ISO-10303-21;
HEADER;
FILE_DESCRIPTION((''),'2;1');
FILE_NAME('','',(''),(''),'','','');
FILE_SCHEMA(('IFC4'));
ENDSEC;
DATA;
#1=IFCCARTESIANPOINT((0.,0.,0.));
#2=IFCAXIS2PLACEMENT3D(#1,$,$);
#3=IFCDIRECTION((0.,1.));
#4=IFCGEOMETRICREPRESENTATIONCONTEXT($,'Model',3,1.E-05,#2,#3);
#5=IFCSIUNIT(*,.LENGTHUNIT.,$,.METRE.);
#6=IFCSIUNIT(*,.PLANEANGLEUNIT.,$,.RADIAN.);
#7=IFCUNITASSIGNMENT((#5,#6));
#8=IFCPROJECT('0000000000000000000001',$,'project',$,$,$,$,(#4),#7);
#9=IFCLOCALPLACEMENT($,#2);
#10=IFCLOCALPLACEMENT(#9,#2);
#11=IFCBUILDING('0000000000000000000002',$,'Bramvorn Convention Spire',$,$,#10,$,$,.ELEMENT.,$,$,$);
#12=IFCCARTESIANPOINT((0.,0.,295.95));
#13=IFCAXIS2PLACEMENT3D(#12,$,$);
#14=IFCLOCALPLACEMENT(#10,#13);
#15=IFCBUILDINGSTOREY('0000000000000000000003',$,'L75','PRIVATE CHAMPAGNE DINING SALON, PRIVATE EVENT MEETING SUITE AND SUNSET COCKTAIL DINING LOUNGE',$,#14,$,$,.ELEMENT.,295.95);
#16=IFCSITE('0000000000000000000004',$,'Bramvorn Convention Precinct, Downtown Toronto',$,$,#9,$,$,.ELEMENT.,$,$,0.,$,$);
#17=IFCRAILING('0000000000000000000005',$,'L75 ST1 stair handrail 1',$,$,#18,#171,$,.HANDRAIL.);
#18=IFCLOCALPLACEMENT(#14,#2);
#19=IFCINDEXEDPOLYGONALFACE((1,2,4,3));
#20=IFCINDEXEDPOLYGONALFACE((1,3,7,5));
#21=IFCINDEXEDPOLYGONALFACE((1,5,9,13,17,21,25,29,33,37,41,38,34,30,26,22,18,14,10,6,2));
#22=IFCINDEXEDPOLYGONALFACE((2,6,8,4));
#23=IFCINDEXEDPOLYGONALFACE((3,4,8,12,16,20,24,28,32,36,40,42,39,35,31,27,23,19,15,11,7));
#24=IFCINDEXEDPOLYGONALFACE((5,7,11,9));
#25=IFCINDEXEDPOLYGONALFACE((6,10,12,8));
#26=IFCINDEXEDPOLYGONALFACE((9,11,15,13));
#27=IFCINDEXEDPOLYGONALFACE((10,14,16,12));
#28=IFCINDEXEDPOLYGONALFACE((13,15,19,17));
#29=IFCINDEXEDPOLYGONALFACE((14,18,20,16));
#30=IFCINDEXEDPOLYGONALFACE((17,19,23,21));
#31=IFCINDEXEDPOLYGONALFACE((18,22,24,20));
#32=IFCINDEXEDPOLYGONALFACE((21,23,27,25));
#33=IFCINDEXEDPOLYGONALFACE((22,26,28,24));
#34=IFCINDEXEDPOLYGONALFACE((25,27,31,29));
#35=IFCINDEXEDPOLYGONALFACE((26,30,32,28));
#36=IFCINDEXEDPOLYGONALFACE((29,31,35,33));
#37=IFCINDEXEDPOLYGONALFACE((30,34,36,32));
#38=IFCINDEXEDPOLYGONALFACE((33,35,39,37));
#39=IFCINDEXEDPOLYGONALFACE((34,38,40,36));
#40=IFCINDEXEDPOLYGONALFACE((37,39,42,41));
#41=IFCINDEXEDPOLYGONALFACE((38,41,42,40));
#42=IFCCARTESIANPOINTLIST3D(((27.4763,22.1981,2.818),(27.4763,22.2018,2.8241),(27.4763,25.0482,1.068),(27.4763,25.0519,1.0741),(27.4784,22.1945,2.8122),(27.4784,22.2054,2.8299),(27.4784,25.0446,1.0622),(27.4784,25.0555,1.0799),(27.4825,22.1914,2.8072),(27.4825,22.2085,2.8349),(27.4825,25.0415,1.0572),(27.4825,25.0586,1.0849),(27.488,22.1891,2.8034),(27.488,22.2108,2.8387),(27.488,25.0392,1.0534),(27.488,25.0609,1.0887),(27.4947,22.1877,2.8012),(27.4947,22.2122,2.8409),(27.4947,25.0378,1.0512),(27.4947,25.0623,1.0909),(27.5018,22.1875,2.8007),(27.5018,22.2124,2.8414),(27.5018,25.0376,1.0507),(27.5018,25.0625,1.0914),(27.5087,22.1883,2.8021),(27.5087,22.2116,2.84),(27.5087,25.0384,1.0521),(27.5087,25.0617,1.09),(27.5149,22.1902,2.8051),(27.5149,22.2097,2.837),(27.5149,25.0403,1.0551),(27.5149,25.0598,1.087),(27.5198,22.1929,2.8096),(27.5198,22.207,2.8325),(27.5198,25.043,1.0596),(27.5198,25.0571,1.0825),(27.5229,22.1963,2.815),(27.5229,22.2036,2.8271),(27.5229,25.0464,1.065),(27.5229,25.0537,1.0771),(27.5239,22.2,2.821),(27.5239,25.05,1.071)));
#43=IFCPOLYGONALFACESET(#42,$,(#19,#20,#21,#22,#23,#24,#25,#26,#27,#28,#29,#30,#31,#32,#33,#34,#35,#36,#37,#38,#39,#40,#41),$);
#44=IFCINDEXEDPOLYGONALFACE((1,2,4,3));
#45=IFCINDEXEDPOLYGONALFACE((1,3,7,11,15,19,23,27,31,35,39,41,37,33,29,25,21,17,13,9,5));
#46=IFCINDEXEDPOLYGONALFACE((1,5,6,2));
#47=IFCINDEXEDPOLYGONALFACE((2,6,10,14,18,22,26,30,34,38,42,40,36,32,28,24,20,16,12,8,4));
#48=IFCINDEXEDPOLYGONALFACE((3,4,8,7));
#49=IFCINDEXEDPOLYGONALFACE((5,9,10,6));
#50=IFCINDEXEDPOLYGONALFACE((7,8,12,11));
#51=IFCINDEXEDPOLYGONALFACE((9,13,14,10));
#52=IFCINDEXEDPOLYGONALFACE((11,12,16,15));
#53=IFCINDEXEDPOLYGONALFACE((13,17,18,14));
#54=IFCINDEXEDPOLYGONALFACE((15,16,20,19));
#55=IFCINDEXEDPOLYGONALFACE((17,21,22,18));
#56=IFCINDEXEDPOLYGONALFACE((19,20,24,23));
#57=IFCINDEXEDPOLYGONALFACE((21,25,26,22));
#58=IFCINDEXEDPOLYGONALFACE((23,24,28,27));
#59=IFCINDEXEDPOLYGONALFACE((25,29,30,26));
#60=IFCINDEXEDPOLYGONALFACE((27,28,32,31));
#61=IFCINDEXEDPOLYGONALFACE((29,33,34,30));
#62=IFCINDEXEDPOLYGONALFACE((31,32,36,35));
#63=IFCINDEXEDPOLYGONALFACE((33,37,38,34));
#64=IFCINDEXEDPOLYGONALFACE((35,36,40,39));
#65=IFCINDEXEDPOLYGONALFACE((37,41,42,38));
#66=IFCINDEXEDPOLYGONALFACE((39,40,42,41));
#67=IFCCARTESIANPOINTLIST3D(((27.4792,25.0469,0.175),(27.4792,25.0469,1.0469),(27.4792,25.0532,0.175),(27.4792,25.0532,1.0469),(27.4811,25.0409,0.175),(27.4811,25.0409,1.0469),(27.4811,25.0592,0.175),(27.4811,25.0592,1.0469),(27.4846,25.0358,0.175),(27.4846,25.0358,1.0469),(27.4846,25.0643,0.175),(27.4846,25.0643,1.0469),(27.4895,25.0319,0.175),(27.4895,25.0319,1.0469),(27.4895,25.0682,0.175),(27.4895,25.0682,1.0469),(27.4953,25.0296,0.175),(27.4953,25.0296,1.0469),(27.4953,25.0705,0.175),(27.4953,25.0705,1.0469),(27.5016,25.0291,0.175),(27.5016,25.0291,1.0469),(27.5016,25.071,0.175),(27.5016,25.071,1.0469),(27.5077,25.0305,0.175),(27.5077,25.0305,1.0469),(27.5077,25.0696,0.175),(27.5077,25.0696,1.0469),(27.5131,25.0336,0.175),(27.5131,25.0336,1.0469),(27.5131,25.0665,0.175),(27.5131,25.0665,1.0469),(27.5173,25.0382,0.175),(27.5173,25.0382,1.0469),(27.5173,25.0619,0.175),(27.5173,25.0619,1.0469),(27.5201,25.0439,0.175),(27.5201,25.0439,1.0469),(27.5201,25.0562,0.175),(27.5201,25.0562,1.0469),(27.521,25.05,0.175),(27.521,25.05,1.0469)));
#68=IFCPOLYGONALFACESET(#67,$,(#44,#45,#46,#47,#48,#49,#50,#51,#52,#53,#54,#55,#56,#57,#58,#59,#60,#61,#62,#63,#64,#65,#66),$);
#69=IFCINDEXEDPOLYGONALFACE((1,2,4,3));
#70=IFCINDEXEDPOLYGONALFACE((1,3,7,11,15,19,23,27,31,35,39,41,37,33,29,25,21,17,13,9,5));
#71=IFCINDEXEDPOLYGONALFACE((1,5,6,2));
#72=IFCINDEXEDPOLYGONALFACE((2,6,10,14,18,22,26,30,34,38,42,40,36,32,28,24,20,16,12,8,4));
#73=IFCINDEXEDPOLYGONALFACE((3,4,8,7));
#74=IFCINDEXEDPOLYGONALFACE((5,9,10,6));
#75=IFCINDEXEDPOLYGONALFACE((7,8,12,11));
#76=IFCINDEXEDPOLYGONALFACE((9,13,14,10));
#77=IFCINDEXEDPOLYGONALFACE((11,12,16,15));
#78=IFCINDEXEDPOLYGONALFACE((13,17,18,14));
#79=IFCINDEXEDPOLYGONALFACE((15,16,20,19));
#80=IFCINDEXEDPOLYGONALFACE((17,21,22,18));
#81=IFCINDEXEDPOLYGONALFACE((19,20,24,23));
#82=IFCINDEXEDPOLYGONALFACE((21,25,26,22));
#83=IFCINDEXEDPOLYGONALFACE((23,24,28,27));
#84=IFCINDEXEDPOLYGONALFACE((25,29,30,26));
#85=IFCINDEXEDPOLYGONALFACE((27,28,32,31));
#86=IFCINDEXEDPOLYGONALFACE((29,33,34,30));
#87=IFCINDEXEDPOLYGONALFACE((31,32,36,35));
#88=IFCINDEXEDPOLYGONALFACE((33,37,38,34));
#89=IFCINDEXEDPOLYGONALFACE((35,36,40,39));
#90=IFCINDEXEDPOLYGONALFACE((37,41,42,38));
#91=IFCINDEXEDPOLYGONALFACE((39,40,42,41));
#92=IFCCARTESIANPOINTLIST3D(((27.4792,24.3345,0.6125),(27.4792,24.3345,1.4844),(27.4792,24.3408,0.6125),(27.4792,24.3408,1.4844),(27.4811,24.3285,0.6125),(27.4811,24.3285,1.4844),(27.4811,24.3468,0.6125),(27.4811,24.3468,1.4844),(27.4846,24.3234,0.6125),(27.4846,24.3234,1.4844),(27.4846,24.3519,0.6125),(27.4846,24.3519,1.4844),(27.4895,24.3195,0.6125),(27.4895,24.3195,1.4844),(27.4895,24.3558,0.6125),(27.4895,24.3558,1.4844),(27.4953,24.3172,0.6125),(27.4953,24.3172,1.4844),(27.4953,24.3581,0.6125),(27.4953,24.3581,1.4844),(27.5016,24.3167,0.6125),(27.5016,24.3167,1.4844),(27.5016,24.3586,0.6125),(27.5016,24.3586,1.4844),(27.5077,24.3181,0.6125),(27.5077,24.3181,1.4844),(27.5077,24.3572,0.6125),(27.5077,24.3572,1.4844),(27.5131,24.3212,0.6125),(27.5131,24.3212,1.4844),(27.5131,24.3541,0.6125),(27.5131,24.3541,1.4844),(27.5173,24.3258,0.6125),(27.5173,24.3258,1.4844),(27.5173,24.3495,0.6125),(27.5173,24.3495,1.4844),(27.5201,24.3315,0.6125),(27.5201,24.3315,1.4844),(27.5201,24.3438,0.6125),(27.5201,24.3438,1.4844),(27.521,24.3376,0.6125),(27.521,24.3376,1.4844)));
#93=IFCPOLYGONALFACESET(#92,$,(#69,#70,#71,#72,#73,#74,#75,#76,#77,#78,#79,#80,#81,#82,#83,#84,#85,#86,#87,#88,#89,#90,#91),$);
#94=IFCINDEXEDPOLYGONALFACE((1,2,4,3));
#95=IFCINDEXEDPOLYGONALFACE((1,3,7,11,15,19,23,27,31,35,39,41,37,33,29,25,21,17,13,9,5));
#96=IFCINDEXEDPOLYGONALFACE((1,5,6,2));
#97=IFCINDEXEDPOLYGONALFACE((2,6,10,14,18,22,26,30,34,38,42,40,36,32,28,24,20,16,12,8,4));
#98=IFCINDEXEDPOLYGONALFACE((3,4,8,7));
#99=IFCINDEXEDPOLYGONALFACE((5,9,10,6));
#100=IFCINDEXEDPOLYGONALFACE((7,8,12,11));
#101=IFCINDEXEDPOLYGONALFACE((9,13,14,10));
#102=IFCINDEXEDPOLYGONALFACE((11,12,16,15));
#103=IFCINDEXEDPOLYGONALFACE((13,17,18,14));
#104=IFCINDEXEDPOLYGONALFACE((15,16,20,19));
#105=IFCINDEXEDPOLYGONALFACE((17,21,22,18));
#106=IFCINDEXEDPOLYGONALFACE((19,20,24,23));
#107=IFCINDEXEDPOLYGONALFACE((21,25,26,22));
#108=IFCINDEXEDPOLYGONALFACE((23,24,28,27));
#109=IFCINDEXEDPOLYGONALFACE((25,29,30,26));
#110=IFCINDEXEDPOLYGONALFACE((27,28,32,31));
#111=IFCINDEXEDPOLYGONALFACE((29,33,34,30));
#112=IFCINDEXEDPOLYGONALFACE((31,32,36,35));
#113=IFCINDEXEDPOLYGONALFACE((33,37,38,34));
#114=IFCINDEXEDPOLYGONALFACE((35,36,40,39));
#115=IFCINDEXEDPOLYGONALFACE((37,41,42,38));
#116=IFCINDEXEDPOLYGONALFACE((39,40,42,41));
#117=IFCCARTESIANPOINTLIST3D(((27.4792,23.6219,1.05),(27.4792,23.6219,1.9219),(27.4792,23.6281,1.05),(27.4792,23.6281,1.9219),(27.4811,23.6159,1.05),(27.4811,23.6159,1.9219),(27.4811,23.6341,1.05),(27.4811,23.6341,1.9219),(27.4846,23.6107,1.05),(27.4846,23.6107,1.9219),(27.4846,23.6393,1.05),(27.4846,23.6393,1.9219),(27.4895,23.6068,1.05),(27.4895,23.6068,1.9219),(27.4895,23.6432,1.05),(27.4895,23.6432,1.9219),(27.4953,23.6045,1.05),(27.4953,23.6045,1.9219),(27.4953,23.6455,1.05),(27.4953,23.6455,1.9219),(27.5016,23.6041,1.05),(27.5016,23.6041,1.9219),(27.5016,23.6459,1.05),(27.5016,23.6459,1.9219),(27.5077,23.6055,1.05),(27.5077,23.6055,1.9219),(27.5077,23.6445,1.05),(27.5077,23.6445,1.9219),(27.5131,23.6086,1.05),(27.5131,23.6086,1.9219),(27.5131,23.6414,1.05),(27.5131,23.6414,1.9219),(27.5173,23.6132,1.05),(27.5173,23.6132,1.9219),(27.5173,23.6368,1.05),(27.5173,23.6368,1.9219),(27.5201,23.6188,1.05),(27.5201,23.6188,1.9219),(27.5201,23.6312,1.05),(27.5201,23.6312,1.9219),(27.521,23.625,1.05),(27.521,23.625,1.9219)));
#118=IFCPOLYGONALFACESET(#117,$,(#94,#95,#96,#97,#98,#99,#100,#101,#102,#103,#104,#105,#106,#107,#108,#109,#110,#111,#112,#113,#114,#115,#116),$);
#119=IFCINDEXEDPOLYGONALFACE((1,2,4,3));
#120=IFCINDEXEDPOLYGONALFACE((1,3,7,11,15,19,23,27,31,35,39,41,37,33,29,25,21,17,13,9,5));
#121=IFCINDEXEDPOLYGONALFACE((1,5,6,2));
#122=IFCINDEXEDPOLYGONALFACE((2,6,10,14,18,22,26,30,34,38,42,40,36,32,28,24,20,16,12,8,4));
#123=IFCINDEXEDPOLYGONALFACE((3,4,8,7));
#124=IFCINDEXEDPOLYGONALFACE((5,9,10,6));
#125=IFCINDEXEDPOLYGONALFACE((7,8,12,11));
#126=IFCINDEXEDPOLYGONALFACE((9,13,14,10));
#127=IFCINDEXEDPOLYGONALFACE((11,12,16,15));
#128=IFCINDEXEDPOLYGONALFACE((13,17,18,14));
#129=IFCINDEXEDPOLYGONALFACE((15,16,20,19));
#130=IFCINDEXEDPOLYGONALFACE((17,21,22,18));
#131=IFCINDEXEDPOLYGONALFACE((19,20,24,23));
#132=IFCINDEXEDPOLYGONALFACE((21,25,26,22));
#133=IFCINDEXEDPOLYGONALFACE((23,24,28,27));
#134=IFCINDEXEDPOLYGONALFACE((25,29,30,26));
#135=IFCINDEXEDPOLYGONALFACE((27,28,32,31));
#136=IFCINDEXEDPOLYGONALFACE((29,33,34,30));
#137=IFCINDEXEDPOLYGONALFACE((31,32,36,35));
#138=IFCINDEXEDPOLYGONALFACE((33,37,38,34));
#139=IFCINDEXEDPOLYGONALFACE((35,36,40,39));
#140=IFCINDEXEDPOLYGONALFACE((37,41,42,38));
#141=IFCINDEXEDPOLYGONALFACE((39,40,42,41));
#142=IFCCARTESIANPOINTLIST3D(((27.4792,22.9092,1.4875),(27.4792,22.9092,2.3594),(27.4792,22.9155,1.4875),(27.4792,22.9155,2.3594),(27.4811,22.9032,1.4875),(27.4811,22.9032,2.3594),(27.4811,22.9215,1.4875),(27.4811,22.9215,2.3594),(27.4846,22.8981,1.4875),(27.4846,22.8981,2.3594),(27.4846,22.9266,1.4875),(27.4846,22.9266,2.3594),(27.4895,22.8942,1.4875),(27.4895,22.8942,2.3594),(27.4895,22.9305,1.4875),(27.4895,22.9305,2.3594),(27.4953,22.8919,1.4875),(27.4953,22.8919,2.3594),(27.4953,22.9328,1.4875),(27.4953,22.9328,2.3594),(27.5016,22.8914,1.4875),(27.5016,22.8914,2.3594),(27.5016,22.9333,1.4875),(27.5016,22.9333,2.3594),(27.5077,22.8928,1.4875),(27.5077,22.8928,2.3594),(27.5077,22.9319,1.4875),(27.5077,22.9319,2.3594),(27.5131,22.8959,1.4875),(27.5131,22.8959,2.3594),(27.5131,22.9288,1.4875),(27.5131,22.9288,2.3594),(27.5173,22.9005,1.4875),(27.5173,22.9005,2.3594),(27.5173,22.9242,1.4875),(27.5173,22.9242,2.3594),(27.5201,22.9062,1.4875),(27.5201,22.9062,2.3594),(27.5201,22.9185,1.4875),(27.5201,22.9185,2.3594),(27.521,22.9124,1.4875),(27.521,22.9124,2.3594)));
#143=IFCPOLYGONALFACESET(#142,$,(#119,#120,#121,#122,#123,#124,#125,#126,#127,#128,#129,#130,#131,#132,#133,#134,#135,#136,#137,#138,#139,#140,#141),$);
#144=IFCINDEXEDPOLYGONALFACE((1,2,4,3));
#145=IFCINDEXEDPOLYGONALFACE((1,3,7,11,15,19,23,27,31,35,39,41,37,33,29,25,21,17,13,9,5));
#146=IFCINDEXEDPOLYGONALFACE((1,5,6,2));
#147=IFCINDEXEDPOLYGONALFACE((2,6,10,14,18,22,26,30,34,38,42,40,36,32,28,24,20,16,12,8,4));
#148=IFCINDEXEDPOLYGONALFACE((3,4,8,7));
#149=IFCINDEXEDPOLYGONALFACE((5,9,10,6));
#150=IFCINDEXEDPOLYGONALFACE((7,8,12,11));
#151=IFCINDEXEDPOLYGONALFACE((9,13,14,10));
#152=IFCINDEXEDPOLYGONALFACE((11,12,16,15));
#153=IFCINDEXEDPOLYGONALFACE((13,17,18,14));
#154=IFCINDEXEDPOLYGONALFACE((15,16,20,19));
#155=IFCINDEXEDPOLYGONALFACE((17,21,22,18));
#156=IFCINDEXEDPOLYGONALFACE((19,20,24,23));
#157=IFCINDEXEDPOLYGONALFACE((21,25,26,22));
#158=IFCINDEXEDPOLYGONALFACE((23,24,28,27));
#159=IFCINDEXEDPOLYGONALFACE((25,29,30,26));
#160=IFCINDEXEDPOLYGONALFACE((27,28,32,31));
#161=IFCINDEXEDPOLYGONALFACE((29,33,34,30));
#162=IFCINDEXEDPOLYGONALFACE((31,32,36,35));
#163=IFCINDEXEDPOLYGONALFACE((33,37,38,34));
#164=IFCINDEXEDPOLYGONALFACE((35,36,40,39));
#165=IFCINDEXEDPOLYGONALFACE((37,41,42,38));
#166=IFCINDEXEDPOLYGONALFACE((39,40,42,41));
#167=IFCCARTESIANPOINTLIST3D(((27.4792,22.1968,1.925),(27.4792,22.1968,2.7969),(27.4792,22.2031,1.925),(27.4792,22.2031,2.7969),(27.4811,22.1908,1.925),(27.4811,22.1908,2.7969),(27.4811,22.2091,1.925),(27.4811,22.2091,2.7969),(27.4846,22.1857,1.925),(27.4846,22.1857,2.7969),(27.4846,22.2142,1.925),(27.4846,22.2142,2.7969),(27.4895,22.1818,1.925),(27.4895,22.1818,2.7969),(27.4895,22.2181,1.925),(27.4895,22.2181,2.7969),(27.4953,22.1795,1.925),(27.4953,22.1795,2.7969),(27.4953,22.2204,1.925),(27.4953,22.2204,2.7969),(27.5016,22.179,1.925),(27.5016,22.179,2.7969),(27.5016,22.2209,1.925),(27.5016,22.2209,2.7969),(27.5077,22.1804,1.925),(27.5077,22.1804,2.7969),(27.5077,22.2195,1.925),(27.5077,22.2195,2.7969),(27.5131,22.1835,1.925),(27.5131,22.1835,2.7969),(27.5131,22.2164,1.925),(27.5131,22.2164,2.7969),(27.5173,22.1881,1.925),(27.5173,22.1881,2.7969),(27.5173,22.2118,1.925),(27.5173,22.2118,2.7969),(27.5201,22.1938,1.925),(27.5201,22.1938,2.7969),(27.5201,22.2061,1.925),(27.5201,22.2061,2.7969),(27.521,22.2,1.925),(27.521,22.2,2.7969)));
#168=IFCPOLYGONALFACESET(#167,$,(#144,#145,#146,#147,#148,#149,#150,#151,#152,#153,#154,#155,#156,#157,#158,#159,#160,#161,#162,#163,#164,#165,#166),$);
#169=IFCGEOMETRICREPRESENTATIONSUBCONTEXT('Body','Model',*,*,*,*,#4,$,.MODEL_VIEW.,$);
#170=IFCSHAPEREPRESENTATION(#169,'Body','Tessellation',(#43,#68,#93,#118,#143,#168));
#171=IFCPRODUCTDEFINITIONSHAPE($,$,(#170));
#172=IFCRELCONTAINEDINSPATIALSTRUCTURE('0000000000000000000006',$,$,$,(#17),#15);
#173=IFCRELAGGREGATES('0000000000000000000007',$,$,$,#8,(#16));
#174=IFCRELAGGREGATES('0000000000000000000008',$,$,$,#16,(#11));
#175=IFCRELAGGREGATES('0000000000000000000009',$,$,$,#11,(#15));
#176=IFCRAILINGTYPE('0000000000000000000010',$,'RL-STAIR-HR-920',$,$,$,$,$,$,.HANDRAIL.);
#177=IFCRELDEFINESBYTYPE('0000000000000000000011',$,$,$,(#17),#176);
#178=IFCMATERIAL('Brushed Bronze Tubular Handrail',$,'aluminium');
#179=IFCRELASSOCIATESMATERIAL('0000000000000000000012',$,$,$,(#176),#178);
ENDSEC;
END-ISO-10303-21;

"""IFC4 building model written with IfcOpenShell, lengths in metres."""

from ifc_helpers import new_model, si_unit, direction, frame, origin, origin_2d, place, context, subcontext, project, spatial, circle, extrude, material, type_object, element, save


model = new_model("IFC4")

# Units and contexts
model_context = context("Model", 3, precision=1e-05, world=origin(), true_north=direction((0.0, 1.0)))
body_context = subcontext(model_context, "Body", "Model", "MODEL_VIEW")
ifc_project = project(units=[si_unit("LENGTHUNIT", "METRE"), si_unit("PLANEANGLEUNIT", "RADIAN")], contexts=[model_context])

# Site, building, storey
site_placement = place(None, origin())
site = spatial("IfcSite", under=ifc_project, at=site_placement, Name="Bramvorn Convention Precinct, Downtown Toronto", CompositionType="ELEMENT", RefElevation=0.0)
building_placement = place(site_placement, origin())
building = spatial("IfcBuilding", under=site, at=building_placement, Name="Bramvorn Convention Spire", CompositionType="ELEMENT")
storey_placement = place(building_placement, frame((0.0, 0.0, 295.95)))
storey = spatial("IfcBuildingStorey", under=building, at=storey_placement, Name="L75", Description="PRIVATE CHAMPAGNE DINING SALON, PRIVATE EVENT MEETING SUITE AND SUNSET COCKTAIL DINING LOUNGE", CompositionType="ELEMENT", Elevation=295.95)

# Railing
ifc_material_1 = material(Name="Brushed Bronze Tubular Handrail", Category="aluminium")
railing_type_1 = type_object("IfcRailingType", Name="RL-STAIR-HR-920", PredefinedType="HANDRAIL", material=ifc_material_1)
railing_1_placement = place(storey_placement, frame((27.5, 25.05, 0.175)))
element("IfcRailing", 1, at=railing_1_placement, inside=storey, type_object=railing_type_1, Name="L75 ST1 stair handrail 1", PredefinedType="HANDRAIL", context=body_context, shape_type="SweptSolid", body=[
    extrude(circle(Radius=0.0239, at=origin_2d()), frame((0.0, 0.0, 0.896), z_axis=(0.0, -0.852179, 0.52325), x_axis=(1.0, 0.0, 0.0)), (0.0, 0.0, 1.0), 3.3445),
    extrude(circle(Radius=0.021, at=origin_2d()), origin(), (0.0, 0.0, 1.0), 0.8718),
    extrude(circle(Radius=0.021, at=origin_2d()), frame((0.0, -0.7124, 0.4375)), (0.0, 0.0, 1.0), 0.8718),
    extrude(circle(Radius=0.021, at=origin_2d()), frame((0.0, -1.425, 0.875)), (0.0, 0.0, 1.0), 0.8718),
    extrude(circle(Radius=0.021, at=origin_2d()), frame((0.0, -2.1377, 1.3125)), (0.0, 0.0, 1.0), 0.8718),
    extrude(circle(Radius=0.021, at=origin_2d()), frame((0.0, -2.8501, 1.75)), (0.0, 0.0, 1.0), 0.8718),
])

save(model, "model.ifc")
